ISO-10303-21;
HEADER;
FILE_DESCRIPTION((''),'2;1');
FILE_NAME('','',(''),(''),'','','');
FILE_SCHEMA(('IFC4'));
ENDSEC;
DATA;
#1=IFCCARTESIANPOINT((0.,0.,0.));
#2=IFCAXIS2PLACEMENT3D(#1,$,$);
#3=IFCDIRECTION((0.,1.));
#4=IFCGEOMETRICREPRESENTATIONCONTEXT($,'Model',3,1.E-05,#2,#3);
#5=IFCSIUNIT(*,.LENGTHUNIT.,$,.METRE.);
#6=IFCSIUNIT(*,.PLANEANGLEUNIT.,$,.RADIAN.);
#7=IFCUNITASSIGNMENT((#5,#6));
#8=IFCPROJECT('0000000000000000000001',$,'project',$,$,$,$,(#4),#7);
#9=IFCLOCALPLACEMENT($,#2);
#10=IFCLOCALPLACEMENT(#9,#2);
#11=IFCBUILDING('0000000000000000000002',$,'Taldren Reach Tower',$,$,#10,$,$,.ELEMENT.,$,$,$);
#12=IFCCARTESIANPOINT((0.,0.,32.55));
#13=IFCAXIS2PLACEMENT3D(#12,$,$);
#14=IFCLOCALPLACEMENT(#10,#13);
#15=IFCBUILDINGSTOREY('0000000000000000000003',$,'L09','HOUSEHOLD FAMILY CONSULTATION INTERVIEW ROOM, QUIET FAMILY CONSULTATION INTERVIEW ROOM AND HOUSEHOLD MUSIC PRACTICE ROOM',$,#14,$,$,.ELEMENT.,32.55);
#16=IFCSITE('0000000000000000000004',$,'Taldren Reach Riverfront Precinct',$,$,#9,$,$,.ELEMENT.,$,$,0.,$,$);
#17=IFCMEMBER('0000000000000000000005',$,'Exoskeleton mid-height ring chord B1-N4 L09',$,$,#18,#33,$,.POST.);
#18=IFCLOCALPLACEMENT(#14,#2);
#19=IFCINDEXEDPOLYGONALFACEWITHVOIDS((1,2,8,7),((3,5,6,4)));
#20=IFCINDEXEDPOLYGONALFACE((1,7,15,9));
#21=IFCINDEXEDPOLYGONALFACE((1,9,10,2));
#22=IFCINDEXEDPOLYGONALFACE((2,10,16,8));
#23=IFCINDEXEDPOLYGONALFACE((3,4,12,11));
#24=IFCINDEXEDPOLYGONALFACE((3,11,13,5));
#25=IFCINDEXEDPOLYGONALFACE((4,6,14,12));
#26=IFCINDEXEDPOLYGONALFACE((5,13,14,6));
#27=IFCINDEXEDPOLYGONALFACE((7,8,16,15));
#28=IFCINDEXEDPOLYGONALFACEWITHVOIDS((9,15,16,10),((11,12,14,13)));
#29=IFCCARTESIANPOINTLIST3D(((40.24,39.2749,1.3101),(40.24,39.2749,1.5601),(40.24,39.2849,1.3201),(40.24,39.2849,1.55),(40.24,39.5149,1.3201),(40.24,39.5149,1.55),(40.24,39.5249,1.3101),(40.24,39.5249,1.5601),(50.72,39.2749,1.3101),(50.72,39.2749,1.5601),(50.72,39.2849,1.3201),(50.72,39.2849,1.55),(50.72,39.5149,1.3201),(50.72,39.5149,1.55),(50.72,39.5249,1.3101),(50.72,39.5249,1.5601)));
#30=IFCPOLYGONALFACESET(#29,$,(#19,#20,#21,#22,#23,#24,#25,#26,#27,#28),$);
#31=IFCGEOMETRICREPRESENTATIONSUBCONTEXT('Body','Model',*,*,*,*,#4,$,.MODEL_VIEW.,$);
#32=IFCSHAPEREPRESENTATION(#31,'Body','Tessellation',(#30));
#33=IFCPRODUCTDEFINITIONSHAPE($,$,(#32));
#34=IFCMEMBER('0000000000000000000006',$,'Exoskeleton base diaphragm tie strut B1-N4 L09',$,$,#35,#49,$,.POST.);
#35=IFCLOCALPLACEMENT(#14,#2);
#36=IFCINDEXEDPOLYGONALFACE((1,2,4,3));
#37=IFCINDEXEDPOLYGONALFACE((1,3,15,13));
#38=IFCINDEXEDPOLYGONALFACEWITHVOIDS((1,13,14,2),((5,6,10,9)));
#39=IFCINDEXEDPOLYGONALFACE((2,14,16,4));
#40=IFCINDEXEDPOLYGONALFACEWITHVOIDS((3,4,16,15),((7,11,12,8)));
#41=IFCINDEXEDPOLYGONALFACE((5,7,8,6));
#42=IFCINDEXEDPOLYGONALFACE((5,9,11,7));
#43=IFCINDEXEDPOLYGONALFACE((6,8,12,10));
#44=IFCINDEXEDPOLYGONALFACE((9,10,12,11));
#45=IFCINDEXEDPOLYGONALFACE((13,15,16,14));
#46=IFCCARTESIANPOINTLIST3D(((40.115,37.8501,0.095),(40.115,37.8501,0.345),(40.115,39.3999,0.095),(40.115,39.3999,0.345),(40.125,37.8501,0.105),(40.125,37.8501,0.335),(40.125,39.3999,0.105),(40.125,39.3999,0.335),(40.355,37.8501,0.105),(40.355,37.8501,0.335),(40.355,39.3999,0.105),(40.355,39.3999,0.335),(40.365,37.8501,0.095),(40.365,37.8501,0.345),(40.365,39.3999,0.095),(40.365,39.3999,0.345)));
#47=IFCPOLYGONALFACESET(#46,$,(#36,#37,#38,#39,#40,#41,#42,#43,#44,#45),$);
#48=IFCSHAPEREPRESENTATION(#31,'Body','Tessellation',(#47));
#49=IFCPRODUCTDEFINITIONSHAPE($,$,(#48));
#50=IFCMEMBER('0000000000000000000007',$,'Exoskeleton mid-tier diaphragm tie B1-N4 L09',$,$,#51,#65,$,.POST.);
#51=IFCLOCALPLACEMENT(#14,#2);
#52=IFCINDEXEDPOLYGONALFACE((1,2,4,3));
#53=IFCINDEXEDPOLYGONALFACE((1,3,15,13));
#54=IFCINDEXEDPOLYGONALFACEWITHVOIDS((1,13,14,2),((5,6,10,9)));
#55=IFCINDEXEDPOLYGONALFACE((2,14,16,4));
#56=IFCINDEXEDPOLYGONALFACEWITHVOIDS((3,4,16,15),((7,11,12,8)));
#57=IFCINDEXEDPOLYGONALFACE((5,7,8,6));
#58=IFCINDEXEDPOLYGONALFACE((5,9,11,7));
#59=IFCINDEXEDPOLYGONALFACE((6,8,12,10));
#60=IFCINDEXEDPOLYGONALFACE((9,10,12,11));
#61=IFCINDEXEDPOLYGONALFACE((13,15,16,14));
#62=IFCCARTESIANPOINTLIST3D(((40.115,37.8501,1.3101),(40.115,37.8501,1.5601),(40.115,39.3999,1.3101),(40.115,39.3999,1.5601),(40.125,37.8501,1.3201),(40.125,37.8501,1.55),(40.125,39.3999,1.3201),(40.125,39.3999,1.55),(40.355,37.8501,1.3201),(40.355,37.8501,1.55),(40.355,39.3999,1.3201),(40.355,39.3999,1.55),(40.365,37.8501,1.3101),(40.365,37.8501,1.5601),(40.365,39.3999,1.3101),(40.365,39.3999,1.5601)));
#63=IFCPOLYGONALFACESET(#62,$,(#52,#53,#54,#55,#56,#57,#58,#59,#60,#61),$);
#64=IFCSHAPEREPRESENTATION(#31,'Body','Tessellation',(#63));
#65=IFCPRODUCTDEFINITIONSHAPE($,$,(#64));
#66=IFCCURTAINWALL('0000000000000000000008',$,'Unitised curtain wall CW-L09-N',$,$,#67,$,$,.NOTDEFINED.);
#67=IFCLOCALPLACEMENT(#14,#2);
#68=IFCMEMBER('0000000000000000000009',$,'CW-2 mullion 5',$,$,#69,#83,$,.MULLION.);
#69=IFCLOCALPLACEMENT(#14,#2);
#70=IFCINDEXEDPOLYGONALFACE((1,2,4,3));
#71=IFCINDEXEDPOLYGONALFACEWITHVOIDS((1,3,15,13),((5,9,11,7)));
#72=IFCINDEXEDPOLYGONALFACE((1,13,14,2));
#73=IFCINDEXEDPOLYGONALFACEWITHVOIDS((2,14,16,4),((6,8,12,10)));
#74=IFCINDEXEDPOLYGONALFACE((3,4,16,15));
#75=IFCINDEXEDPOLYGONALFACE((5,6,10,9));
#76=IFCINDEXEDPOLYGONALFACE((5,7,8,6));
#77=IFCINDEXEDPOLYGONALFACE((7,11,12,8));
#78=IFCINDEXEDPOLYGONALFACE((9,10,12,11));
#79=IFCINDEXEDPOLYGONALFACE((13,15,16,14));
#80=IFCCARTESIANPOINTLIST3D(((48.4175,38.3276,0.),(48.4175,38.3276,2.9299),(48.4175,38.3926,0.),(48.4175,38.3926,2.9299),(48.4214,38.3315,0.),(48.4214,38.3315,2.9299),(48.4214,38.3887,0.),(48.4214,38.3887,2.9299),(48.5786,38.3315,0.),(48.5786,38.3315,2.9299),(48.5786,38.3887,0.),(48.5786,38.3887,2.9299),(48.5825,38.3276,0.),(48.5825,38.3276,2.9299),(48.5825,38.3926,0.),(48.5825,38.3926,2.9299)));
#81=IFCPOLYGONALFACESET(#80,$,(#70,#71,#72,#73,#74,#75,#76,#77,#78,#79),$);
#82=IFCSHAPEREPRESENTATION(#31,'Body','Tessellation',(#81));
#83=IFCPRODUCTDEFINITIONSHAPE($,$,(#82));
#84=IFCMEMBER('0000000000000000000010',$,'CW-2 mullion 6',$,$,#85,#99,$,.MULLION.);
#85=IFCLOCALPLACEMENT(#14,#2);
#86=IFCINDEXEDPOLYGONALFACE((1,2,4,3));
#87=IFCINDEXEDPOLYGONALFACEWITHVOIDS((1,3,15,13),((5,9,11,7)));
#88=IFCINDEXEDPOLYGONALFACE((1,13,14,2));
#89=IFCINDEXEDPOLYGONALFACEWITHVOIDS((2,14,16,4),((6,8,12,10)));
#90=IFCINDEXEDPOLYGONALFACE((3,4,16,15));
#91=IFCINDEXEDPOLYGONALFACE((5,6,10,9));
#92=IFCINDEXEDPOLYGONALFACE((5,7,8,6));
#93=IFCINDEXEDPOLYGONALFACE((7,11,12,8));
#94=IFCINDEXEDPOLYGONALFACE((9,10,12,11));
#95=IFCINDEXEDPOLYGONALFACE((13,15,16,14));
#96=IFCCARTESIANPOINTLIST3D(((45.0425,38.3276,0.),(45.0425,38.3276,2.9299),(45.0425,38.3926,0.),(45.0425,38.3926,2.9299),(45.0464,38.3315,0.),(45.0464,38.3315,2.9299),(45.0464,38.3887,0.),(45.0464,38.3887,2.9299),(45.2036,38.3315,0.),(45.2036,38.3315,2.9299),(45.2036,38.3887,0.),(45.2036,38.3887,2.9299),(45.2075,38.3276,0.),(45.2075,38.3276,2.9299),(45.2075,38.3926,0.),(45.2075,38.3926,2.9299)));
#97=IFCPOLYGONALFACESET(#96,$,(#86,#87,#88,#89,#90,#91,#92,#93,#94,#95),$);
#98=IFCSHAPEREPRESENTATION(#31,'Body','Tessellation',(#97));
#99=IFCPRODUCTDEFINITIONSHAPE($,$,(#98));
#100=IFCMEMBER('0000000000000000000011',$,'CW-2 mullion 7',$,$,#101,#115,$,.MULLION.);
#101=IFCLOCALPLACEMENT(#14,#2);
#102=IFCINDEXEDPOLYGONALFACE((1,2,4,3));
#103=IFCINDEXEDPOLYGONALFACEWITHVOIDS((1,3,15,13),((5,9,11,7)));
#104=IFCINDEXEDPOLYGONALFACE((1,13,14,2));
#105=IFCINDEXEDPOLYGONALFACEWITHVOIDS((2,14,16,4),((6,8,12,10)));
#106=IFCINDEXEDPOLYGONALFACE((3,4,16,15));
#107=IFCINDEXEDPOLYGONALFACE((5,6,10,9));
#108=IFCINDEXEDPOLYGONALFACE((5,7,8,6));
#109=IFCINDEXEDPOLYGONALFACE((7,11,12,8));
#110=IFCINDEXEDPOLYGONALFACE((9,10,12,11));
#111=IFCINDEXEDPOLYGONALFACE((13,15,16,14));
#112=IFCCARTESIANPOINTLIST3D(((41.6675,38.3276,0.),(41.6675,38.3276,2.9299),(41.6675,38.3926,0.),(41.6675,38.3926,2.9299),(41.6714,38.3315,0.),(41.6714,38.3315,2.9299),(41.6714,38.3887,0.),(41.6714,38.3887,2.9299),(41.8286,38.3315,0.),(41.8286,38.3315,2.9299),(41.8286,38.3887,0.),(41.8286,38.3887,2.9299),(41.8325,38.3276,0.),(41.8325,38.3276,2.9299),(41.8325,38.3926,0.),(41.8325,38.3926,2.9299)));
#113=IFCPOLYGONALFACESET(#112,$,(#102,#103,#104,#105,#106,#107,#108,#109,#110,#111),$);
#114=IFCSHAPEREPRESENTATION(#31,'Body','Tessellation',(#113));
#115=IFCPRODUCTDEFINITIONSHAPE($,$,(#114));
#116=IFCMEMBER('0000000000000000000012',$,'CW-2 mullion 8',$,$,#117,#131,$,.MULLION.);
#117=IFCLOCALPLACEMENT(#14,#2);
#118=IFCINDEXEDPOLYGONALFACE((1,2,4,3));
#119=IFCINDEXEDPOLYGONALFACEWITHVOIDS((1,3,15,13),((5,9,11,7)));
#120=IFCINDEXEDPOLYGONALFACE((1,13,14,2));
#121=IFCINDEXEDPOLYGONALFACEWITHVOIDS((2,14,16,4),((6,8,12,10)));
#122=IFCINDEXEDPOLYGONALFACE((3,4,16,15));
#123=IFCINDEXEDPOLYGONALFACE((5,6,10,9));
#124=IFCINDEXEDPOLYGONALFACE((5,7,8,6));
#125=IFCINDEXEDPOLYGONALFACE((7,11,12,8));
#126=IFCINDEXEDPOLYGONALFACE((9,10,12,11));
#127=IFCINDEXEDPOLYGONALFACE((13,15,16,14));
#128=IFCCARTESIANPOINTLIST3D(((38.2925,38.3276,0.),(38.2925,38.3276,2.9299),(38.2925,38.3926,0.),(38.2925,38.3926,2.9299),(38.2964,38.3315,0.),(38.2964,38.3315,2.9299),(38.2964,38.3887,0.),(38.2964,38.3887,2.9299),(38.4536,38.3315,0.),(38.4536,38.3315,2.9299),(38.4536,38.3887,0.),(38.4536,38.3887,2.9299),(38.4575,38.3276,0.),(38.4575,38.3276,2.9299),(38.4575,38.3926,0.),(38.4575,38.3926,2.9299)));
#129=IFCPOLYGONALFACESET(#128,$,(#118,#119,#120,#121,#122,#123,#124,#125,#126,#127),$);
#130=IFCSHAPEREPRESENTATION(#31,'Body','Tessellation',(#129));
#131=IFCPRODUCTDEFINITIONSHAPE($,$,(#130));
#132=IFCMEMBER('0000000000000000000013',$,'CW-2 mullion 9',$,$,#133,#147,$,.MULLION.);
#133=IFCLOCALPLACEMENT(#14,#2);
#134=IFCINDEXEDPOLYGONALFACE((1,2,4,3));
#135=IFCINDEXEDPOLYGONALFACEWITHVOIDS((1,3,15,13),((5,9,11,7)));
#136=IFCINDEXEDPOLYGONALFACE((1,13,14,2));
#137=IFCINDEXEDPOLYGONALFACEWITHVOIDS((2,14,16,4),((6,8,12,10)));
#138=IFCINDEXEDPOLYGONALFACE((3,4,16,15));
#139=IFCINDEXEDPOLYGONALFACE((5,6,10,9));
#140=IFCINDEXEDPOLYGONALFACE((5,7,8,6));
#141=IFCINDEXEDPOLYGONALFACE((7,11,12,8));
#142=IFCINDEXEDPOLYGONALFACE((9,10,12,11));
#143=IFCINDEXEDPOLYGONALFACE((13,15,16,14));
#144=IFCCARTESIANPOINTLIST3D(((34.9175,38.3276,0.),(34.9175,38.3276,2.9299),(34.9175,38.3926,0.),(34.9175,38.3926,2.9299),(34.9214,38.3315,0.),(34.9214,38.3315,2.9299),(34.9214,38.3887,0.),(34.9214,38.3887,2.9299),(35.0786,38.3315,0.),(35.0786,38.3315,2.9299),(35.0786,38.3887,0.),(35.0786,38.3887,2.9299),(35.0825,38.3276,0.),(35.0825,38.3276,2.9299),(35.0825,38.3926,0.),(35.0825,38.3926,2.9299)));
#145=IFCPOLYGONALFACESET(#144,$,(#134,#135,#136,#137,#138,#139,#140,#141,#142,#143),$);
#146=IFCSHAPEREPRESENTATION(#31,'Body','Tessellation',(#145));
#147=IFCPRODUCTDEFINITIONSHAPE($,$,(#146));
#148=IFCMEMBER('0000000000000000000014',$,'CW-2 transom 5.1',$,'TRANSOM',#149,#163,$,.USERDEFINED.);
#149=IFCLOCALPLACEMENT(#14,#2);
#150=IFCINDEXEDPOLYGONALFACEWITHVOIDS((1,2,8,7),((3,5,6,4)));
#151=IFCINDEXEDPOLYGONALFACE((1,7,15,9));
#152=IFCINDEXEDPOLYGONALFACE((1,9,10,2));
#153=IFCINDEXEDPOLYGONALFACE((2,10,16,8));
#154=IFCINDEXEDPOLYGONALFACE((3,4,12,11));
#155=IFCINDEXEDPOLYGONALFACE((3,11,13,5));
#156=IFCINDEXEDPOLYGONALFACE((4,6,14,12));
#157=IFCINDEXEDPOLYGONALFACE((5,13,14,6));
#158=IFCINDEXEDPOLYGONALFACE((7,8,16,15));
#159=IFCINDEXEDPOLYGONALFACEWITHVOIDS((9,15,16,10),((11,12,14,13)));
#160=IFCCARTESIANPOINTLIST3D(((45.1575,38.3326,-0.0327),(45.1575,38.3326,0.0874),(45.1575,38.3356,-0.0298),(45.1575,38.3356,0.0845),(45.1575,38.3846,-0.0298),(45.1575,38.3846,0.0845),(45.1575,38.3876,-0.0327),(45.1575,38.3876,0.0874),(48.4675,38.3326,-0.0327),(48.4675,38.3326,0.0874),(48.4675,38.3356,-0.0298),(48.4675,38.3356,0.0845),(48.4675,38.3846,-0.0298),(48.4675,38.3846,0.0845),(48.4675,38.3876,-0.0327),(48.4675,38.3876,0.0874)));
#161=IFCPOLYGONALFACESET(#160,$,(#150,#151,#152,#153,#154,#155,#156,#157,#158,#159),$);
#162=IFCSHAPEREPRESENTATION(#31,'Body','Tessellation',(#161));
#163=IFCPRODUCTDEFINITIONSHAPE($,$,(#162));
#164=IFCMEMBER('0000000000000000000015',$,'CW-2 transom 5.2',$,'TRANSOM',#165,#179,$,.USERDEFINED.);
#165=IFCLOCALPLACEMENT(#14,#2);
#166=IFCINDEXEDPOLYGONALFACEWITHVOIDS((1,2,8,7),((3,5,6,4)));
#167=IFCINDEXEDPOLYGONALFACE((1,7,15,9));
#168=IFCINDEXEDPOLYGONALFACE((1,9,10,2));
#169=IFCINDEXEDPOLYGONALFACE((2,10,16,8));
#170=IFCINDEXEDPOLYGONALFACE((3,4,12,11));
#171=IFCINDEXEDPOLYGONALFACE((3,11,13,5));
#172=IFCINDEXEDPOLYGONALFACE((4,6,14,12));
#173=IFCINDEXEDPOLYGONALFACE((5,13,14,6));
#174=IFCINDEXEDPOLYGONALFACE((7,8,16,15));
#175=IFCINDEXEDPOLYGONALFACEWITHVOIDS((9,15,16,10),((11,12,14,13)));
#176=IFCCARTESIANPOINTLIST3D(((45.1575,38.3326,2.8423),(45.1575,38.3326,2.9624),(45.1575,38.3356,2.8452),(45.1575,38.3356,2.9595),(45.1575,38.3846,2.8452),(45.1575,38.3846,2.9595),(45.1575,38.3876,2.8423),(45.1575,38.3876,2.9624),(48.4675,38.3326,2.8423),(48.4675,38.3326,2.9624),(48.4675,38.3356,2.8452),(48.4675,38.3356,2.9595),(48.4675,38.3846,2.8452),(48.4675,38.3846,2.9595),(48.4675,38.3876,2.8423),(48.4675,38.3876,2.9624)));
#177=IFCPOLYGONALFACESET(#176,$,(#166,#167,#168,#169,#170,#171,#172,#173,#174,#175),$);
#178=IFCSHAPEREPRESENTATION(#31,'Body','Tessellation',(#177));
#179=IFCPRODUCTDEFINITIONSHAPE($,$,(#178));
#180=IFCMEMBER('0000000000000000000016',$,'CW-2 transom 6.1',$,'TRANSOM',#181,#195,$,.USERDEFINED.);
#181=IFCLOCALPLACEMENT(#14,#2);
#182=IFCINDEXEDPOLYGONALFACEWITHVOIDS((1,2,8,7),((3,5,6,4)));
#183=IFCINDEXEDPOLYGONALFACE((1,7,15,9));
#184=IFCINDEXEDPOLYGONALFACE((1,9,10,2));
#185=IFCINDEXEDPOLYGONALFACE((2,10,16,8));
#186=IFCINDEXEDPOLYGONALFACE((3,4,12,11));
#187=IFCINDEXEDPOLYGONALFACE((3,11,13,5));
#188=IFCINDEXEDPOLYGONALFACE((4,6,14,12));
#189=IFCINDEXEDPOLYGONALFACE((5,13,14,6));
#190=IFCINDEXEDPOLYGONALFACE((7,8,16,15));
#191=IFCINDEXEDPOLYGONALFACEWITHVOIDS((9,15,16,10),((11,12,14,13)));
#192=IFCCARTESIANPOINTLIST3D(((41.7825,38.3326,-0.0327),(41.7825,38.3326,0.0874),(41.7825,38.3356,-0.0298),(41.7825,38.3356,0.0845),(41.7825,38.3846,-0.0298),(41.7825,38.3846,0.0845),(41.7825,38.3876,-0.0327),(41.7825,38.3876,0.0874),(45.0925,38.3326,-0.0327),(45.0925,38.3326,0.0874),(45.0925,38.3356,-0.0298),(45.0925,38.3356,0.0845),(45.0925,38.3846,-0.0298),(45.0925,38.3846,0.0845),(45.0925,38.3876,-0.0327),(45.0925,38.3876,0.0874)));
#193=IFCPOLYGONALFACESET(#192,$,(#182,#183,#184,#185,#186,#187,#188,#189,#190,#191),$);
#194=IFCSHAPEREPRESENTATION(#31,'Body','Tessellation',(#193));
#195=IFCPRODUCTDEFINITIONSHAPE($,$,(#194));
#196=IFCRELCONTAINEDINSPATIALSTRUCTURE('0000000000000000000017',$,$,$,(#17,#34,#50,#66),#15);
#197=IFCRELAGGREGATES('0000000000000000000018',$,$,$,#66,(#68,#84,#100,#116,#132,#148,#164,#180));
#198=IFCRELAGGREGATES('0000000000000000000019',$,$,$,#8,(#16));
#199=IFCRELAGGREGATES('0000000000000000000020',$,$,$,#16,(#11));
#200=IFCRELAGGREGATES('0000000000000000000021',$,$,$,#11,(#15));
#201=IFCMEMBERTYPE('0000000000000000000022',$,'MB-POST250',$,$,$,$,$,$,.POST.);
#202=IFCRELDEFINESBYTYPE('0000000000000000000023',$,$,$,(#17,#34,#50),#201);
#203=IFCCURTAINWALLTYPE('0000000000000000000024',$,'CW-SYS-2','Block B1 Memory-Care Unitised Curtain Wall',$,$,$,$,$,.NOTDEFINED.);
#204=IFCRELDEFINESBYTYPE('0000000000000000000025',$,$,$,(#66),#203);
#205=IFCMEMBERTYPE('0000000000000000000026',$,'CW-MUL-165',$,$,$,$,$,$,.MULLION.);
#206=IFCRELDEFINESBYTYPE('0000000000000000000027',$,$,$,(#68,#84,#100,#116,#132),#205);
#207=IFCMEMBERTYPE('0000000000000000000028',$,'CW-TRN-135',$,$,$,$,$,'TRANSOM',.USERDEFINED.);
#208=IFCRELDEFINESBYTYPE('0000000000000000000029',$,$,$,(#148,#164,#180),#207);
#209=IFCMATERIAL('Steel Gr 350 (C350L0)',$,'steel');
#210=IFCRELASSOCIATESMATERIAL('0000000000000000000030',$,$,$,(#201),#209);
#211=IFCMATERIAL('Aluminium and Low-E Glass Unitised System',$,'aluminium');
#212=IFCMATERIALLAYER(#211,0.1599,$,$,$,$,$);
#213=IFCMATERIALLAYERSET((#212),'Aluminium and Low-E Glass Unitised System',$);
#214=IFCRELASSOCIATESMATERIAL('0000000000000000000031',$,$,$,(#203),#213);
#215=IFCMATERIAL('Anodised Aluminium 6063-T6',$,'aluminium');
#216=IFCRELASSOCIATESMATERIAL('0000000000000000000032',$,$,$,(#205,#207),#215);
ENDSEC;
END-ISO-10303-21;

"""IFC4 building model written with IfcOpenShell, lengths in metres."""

from ifc_helpers import new_model, si_unit, direction, frame, origin, origin_2d, place, context, subcontext, project, spatial, hollow_rectangle, extrude, source, transform, mapped, material, layer, layer_set, material_profile, profile_set, type_object, element, aggregate, save


model = new_model("IFC4")

# Units and contexts
model_context = context("Model", 3, precision=1e-05, world=origin(), true_north=direction((0.0, 1.0)))
body_context = subcontext(model_context, "Body", "Model", "MODEL_VIEW")
ifc_project = project(units=[si_unit("LENGTHUNIT", "METRE"), si_unit("PLANEANGLEUNIT", "RADIAN")], contexts=[model_context])

# Site, building, storey
site_placement = place(None, origin())
site = spatial("IfcSite", under=ifc_project, at=site_placement, Name="Taldren Reach Riverfront Precinct", CompositionType="ELEMENT", RefElevation=0.0)
building_placement = place(site_placement, origin())
building = spatial("IfcBuilding", under=site, at=building_placement, Name="Taldren Reach Tower", CompositionType="ELEMENT")
storey_placement = place(building_placement, frame((0.0, 0.0, 32.55)))
storey = spatial("IfcBuildingStorey", under=building, at=storey_placement, Name="L09", Description="HOUSEHOLD FAMILY CONSULTATION INTERVIEW ROOM, QUIET FAMILY CONSULTATION INTERVIEW ROOM AND HOUSEHOLD MUSIC PRACTICE ROOM", CompositionType="ELEMENT", Elevation=32.55)

# Members
ifc_material_1 = material(Name="Steel Gr 350 (C350L0)", Category="steel")
ifc_material_profile_1 = material_profile(ifc_material_1, hollow_rectangle(XDim=0.25, YDim=0.25, WallThickness=0.01, at=origin_2d()), Name="250x250x10.0SHS")
ifc_profile_set_1 = profile_set([ifc_material_profile_1], Name="Steel Gr 350 (C350L0)")
member_type_1 = type_object("IfcMemberType", Name="MB-POST250", PredefinedType="POST", material=ifc_profile_set_1)
shared_shape_1 = source(origin(), body_context, "Body", "SweptSolid", [
    extrude(hollow_rectangle(XDim=0.25, YDim=0.25, WallThickness=0.01, at=origin_2d()), origin(), (0.0, 0.0, 1.0), 10.48),
])
member_1_placement = place(storey_placement, frame((40.24, 39.3999, 1.4351), z_axis=(1.0, 0.0, 0.0), x_axis=(0.0, 1.0, 0.0)))
element("IfcMember", 1, at=member_1_placement, inside=storey, type_object=member_type_1, Name="Exoskeleton mid-height ring chord B1-N4 L09", PredefinedType="POST", context=body_context, shape_type="MappedRepresentation", body=[
    mapped(shared_shape_1, transform((0.0, 0.0, 0.0), scale=1.0)),
])
shared_shape_2 = source(origin(), body_context, "Body", "SweptSolid", [
    extrude(hollow_rectangle(XDim=0.25, YDim=0.25, WallThickness=0.01, at=origin_2d()), origin(), (0.0, 0.0, 1.0), 1.5498),
])
for number, where, z_axis, x_axis, name in (
    (2, (40.24, 37.8501, 0.22), (0.0, 1.0, 0.0), (-1.0, 0.0, 0.0), "Exoskeleton base diaphragm tie strut B1-N4 L09"),
    (3, (40.24, 37.8501, 1.4351), (0.0, 1.0, 0.0), (-1.0, 0.0, 0.0), "Exoskeleton mid-tier diaphragm tie B1-N4 L09"),
):
    element("IfcMember", number, at=place(storey_placement, frame(where, z_axis=z_axis, x_axis=x_axis)), inside=storey, type_object=member_type_1, Name=name, PredefinedType="POST", context=body_context, shape_type="MappedRepresentation", body=[
        mapped(shared_shape_2, transform((0.0, 0.0, 0.0), scale=1.0)),
    ])

# Curtain wall, members
ifc_material_2 = material(Name="Aluminium and Low-E Glass Unitised System", Category="aluminium")
ifc_layer_1 = layer(ifc_material_2, 0.1599)
ifc_layer_set_1 = layer_set([ifc_layer_1], Name="Aluminium and Low-E Glass Unitised System")
curtain_wall_type = type_object("IfcCurtainWallType", Name="CW-SYS-2", Description="Block B1 Memory-Care Unitised Curtain Wall", PredefinedType="NOTDEFINED", material=ifc_layer_set_1)
curtain_wall_placement = place(storey_placement, origin())
curtain_wall = element("IfcCurtainWall", 4, at=curtain_wall_placement, inside=storey, type_object=curtain_wall_type, Name="Unitised curtain wall CW-L09-N", PredefinedType="NOTDEFINED")
ifc_material_3 = material(Name="Anodised Aluminium 6063-T6", Category="aluminium")
ifc_material_profile_2 = material_profile(ifc_material_3, hollow_rectangle(XDim=0.0649, YDim=0.165, WallThickness=0.0039, at=origin_2d()), Name="ALU-165x65x4RHS")
ifc_profile_set_2 = profile_set([ifc_material_profile_2], Name="Anodised Aluminium 6063-T6")
member_type_2 = type_object("IfcMemberType", Name="CW-MUL-165", PredefinedType="MULLION", material=ifc_profile_set_2)
shared_shape_3 = source(origin(), body_context, "Body", "SweptSolid", [
    extrude(hollow_rectangle(XDim=0.0649, YDim=0.165, WallThickness=0.0039, at=origin_2d()), origin(), (0.0, 0.0, 1.0), 2.9299),
])
member_2_placement = place(storey_placement, frame((48.5, 38.3601, 0.0), z_axis=(0.0, 0.0, 1.0), x_axis=(0.0, -1.0, 0.0)))
member_2 = element("IfcMember", 5, at=member_2_placement, type_object=member_type_2, Name="CW-2 mullion 5", PredefinedType="MULLION", context=body_context, shape_type="MappedRepresentation", body=[
    mapped(shared_shape_3, transform((0.0, 0.0, 0.0), scale=1.0)),
])
member_3_placement = place(storey_placement, frame((45.125, 38.3601, 0.0), z_axis=(0.0, 0.0, 1.0), x_axis=(0.0, -1.0, 0.0)))
member_3 = element("IfcMember", 6, at=member_3_placement, type_object=member_type_2, Name="CW-2 mullion 6", PredefinedType="MULLION", context=body_context, shape_type="MappedRepresentation", body=[
    mapped(shared_shape_3, transform((0.0, 0.0, 0.0), scale=1.0)),
])
member_4_placement = place(storey_placement, frame((41.75, 38.3601, 0.0), z_axis=(0.0, 0.0, 1.0), x_axis=(0.0, -1.0, 0.0)))
member_4 = element("IfcMember", 7, at=member_4_placement, type_object=member_type_2, Name="CW-2 mullion 7", PredefinedType="MULLION", context=body_context, shape_type="MappedRepresentation", body=[
    mapped(shared_shape_3, transform((0.0, 0.0, 0.0), scale=1.0)),
])
member_5_placement = place(storey_placement, frame((38.375, 38.3601, 0.0), z_axis=(0.0, 0.0, 1.0), x_axis=(0.0, -1.0, 0.0)))
member_5 = element("IfcMember", 8, at=member_5_placement, type_object=member_type_2, Name="CW-2 mullion 8", PredefinedType="MULLION", context=body_context, shape_type="MappedRepresentation", body=[
    mapped(shared_shape_3, transform((0.0, 0.0, 0.0), scale=1.0)),
])
member_6_placement = place(storey_placement, frame((35.0, 38.3601, 0.0), z_axis=(0.0, 0.0, 1.0), x_axis=(0.0, -1.0, 0.0)))
member_6 = element("IfcMember", 9, at=member_6_placement, type_object=member_type_2, Name="CW-2 mullion 9", PredefinedType="MULLION", context=body_context, shape_type="MappedRepresentation", body=[
    mapped(shared_shape_3, transform((0.0, 0.0, 0.0), scale=1.0)),
])
ifc_material_profile_3 = material_profile(ifc_material_3, hollow_rectangle(XDim=0.0549, YDim=0.1201, WallThickness=0.0029, at=origin_2d()), Name="ALU-120x55x3RHS")
ifc_profile_set_3 = profile_set([ifc_material_profile_3], Name="Anodised Aluminium 6063-T6")
member_type_3 = type_object("IfcMemberType", Name="CW-TRN-135", ElementType="TRANSOM", PredefinedType="USERDEFINED", material=ifc_profile_set_3)
shared_shape_4 = source(origin(), body_context, "Body", "SweptSolid", [
    extrude(hollow_rectangle(XDim=0.0549, YDim=0.1201, WallThickness=0.0029, at=origin_2d()), origin(), (0.0, 0.0, 1.0), 3.3101),
])
member_7_placement = place(storey_placement, frame((48.4675, 38.3601, 0.0273), z_axis=(-1.0, 0.0, 0.0), x_axis=(0.0, -1.0, 0.0)))
member_7 = element("IfcMember", 10, at=member_7_placement, type_object=member_type_3, Name="CW-2 transom 5.1", ObjectType="TRANSOM", PredefinedType="USERDEFINED", context=body_context, shape_type="MappedRepresentation", body=[
    mapped(shared_shape_4, transform((0.0, 0.0, 0.0), scale=1.0)),
])
member_8_placement = place(storey_placement, frame((48.4675, 38.3601, 2.9023), z_axis=(-1.0, 0.0, 0.0), x_axis=(0.0, -1.0, 0.0)))
member_8 = element("IfcMember", 11, at=member_8_placement, type_object=member_type_3, Name="CW-2 transom 5.2", ObjectType="TRANSOM", PredefinedType="USERDEFINED", context=body_context, shape_type="MappedRepresentation", body=[
    mapped(shared_shape_4, transform((0.0, 0.0, 0.0), scale=1.0)),
])
member_9_placement = place(storey_placement, frame((45.0925, 38.3601, 0.0273), z_axis=(-1.0, 0.0, 0.0), x_axis=(0.0, -1.0, 0.0)))
member_9 = element("IfcMember", 12, at=member_9_placement, type_object=member_type_3, Name="CW-2 transom 6.1", ObjectType="TRANSOM", PredefinedType="USERDEFINED", context=body_context, shape_type="MappedRepresentation", body=[
    mapped(shared_shape_4, transform((0.0, 0.0, 0.0), scale=1.0)),
])

aggregate(curtain_wall, [member_2, member_3, member_4, member_5, member_6, member_7, member_8, member_9])

save(model, "model.ifc")
